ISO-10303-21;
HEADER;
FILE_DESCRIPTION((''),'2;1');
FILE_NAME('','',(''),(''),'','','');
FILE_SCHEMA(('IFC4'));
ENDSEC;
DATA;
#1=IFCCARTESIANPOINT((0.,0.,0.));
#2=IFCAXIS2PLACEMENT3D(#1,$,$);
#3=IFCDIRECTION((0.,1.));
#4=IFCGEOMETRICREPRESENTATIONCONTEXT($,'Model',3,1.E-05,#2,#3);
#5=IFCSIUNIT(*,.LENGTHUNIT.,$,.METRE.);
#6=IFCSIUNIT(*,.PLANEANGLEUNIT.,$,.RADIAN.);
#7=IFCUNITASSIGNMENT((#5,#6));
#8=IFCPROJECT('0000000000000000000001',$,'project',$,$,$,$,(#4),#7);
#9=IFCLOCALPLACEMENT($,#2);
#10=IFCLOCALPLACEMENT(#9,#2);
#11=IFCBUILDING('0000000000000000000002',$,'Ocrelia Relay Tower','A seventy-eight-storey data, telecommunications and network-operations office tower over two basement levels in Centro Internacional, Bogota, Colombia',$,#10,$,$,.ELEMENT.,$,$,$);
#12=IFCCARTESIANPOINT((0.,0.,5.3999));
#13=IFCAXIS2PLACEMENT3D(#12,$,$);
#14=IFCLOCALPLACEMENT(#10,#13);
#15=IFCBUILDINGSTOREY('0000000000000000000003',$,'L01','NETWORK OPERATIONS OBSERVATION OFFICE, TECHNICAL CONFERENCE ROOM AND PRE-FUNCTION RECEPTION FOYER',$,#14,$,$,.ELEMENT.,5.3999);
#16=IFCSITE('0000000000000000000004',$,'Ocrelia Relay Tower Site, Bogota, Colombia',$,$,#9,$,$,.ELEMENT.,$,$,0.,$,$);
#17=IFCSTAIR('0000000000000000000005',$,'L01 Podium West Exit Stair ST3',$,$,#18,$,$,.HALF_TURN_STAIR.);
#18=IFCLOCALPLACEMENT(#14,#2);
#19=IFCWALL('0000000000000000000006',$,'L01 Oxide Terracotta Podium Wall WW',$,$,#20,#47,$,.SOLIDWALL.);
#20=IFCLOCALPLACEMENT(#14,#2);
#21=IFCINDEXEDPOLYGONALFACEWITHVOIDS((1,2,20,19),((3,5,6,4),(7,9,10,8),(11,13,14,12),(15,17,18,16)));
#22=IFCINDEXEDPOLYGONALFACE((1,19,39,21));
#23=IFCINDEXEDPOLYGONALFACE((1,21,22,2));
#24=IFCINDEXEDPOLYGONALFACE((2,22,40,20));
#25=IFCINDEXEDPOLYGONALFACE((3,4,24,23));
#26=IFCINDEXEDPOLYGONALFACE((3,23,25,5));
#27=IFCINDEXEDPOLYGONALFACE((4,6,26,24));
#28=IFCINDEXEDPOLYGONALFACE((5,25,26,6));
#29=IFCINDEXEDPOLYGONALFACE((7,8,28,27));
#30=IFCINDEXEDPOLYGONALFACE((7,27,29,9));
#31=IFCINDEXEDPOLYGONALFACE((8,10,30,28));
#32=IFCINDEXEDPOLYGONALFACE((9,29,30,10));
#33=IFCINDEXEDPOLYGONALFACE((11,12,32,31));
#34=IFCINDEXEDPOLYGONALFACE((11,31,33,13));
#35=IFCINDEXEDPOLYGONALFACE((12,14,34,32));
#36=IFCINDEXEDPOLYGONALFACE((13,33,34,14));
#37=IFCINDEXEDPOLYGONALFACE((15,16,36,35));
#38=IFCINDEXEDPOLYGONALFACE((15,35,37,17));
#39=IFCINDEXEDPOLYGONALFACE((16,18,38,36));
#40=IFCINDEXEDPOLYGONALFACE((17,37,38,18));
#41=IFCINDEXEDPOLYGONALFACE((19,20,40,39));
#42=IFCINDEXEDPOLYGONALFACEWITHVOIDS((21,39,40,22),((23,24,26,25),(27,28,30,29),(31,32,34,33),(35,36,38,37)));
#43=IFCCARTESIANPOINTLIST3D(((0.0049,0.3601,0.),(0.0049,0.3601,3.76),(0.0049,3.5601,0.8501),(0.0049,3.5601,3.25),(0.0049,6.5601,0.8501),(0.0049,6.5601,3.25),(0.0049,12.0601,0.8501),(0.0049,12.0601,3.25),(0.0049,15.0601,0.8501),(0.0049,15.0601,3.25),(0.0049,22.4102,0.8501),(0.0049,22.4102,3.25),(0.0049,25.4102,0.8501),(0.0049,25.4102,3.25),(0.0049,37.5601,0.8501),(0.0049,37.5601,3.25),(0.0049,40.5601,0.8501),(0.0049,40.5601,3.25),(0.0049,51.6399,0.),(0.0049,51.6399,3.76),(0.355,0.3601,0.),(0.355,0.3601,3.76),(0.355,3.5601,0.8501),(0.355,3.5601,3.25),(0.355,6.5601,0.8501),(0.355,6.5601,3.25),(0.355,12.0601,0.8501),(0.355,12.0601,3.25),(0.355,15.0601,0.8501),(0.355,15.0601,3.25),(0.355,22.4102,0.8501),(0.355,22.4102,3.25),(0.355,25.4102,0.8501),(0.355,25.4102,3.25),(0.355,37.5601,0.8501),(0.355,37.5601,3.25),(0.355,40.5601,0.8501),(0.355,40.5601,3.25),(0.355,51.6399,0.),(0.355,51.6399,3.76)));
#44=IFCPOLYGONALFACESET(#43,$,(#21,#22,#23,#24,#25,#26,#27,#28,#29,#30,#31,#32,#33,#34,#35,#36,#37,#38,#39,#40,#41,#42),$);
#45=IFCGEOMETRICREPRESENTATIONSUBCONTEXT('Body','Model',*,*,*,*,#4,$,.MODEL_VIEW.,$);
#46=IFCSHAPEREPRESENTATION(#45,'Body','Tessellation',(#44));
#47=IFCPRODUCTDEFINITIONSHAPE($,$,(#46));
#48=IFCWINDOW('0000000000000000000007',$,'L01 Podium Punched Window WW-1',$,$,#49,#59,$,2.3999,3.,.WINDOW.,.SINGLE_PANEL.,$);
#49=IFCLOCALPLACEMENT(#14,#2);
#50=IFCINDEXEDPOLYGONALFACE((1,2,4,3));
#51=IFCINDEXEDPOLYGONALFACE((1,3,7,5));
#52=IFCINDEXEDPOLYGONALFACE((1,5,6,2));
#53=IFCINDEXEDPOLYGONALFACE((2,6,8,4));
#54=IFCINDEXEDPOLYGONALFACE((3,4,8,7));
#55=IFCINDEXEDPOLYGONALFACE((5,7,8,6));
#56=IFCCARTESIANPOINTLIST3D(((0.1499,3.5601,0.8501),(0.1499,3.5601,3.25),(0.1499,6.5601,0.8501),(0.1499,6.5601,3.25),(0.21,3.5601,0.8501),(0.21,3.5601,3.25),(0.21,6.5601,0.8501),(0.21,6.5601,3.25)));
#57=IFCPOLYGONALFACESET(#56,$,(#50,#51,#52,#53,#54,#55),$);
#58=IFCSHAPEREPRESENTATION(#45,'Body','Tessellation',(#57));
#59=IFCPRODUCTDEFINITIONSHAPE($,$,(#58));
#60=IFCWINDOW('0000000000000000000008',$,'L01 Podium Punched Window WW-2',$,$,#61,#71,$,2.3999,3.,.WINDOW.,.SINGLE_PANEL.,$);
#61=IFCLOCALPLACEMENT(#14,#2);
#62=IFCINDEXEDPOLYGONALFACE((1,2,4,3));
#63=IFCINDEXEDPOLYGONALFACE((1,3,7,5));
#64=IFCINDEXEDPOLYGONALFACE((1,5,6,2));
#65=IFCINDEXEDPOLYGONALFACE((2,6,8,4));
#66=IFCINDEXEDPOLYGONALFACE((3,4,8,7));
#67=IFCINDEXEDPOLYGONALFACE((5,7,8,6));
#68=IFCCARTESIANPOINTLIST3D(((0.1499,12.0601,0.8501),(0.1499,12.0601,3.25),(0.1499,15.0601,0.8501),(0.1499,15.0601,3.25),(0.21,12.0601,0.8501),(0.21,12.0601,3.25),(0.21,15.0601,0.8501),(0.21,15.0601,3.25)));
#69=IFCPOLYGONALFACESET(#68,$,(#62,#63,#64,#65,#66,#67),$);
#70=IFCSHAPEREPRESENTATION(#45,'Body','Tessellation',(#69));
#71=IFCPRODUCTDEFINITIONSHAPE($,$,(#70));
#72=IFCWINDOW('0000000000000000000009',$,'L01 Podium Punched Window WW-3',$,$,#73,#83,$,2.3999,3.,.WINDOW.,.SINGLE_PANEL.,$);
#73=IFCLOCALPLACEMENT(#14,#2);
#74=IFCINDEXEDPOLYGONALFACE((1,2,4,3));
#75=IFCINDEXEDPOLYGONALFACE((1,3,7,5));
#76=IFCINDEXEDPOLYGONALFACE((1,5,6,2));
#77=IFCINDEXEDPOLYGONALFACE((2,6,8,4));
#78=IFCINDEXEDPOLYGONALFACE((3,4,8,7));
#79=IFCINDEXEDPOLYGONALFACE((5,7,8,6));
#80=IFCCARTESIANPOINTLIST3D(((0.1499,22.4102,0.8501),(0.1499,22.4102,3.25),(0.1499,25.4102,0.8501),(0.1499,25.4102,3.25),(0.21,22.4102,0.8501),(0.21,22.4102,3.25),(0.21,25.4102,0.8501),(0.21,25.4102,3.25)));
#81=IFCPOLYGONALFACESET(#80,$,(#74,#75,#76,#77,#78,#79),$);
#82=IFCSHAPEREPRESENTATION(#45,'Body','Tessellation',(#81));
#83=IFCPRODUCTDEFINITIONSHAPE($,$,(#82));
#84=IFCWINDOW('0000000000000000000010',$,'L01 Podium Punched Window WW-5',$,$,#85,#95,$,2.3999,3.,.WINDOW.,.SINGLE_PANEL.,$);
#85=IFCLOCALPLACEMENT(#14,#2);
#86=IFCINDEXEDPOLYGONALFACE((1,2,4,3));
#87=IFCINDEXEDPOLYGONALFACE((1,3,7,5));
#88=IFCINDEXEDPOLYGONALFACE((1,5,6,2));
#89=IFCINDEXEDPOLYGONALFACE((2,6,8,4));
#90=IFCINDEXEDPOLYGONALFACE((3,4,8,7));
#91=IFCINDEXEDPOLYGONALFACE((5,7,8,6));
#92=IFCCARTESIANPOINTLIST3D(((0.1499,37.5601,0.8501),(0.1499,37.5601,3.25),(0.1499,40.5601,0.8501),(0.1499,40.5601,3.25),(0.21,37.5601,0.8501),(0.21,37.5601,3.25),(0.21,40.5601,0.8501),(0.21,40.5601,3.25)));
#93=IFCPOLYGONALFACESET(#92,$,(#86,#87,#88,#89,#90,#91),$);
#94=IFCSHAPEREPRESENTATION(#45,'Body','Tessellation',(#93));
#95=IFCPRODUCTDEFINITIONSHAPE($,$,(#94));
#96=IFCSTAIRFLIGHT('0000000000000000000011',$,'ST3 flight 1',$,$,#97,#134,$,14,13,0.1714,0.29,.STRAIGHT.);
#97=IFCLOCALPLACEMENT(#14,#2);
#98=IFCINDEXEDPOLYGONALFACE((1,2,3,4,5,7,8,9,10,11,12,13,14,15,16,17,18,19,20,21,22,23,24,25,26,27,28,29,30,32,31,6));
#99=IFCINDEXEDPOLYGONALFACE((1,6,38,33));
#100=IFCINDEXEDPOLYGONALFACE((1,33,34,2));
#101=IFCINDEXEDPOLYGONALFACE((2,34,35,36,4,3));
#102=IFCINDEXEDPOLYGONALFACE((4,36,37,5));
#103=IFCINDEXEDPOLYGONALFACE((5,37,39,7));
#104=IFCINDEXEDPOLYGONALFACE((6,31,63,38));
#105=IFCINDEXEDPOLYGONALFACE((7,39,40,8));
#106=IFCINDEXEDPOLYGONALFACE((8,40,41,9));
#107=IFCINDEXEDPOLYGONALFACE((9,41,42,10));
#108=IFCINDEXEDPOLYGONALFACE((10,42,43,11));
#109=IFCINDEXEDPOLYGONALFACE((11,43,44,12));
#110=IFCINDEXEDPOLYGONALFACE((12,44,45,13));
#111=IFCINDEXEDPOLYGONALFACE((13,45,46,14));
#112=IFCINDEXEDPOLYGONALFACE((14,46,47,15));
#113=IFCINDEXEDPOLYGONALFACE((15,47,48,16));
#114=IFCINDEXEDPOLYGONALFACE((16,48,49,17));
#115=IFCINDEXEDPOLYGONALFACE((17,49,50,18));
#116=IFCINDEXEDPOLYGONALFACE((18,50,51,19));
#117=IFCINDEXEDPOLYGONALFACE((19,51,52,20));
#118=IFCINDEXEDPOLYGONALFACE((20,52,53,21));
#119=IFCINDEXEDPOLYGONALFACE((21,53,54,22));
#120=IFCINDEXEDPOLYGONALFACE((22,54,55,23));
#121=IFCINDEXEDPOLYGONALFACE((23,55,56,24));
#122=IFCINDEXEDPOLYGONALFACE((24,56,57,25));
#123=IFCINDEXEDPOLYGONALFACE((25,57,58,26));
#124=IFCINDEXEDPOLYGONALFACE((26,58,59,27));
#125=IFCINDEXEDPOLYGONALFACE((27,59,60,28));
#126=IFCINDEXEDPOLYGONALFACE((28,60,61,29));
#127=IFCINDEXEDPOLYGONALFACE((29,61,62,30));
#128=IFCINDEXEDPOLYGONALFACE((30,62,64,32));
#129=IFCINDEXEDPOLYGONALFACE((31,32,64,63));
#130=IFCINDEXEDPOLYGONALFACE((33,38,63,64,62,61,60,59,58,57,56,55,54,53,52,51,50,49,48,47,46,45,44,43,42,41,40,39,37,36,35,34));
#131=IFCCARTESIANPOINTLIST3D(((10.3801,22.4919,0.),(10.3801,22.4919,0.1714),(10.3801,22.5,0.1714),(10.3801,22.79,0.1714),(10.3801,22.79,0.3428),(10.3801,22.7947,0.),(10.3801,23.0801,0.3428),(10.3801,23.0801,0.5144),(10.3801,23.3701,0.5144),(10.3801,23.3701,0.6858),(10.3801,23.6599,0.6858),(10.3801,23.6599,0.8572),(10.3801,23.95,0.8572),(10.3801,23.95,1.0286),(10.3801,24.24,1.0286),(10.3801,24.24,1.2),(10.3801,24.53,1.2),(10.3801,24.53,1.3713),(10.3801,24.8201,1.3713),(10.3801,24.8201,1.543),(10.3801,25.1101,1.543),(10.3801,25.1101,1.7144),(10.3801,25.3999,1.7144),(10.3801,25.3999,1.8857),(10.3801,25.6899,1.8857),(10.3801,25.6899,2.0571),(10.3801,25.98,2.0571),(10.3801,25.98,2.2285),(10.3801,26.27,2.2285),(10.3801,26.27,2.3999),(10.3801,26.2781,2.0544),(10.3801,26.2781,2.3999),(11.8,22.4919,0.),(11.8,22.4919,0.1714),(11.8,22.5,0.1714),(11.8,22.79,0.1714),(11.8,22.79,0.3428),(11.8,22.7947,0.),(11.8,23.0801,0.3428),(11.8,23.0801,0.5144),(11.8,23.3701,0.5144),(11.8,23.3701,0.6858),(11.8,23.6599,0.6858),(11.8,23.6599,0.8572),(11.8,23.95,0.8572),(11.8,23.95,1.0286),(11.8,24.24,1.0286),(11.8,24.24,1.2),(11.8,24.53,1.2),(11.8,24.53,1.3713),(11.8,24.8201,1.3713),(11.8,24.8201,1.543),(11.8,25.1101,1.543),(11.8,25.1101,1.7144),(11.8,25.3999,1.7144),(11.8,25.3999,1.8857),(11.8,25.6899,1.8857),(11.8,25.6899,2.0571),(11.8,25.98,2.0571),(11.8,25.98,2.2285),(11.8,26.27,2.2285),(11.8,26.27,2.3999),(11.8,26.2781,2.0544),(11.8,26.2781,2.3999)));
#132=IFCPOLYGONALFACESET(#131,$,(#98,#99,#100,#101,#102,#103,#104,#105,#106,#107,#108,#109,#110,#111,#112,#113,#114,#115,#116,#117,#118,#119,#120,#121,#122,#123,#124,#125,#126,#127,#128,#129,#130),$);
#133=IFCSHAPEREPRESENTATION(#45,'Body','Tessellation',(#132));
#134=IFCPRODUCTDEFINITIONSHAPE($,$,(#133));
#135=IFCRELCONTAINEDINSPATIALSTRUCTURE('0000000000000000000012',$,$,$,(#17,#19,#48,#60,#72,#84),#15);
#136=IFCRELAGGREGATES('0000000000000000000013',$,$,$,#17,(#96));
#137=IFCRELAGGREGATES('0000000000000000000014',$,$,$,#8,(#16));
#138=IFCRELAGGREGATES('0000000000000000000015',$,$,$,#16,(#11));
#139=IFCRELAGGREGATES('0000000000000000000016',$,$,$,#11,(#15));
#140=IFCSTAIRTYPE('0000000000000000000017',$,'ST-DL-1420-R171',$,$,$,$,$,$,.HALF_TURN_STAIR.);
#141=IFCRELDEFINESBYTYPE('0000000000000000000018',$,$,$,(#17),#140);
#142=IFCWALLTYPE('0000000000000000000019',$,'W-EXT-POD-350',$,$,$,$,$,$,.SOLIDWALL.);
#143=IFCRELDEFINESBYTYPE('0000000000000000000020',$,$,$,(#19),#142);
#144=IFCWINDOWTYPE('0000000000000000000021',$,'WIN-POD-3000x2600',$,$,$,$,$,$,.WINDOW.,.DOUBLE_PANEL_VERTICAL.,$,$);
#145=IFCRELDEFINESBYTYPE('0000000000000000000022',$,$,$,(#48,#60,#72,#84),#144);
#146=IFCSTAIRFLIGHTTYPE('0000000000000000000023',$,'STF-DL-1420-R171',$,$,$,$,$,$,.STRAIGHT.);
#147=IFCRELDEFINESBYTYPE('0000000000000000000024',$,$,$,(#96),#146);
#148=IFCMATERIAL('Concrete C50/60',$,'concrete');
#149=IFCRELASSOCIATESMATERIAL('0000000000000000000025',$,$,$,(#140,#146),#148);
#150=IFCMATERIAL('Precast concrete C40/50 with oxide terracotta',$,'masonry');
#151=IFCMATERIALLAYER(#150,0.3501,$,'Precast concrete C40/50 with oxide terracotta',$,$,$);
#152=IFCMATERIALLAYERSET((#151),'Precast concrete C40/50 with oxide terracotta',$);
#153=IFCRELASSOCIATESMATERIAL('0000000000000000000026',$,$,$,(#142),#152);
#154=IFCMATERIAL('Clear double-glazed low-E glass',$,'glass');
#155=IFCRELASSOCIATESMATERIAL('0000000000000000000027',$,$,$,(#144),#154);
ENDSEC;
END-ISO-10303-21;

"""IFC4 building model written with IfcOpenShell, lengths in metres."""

from ifc_helpers import new_model, si_unit, direction, frame, frame_2d, origin, place, context, subcontext, project, spatial, polyline, rectangle, outline, extrude, material, layer, layer_set, type_object, element, fill, aggregate, save


model = new_model("IFC4")

# Units and contexts
model_context = context("Model", 3, precision=1e-05, world=origin(), true_north=direction((0.0, 1.0)))
body_context = subcontext(model_context, "Body", "Model", "MODEL_VIEW")
ifc_project = project(units=[si_unit("LENGTHUNIT", "METRE"), si_unit("PLANEANGLEUNIT", "RADIAN")], contexts=[model_context])

# Site, building, storey
site_placement = place(None, origin())
site = spatial("IfcSite", under=ifc_project, at=site_placement, Name="Ocrelia Relay Tower Site, Bogota, Colombia", CompositionType="ELEMENT", RefElevation=0.0)
building_placement = place(site_placement, origin())
building = spatial("IfcBuilding", under=site, at=building_placement, Name="Ocrelia Relay Tower", Description="A seventy-eight-storey data, telecommunications and network-operations office tower over two basement levels in Centro Internacional, Bogota, Colombia", CompositionType="ELEMENT")
storey_placement = place(building_placement, frame((0.0, 0.0, 5.3999)))
storey = spatial("IfcBuildingStorey", under=building, at=storey_placement, Name="L01", Description="NETWORK OPERATIONS OBSERVATION OFFICE, TECHNICAL CONFERENCE ROOM AND PRE-FUNCTION RECEPTION FOYER", CompositionType="ELEMENT", Elevation=5.3999)

# Shared definitions
ifc_material_1 = material(Name="Concrete C50/60", Category="concrete")

# Stair
stair_type = type_object("IfcStairType", Name="ST-DL-1420-R171", PredefinedType="HALF_TURN_STAIR", material=ifc_material_1)
stair_1_placement = place(storey_placement, origin())
stair_1 = element("IfcStair", 1, at=stair_1_placement, inside=storey, type_object=stair_type, Name="L01 Podium West Exit Stair ST3", PredefinedType="HALF_TURN_STAIR")

# Wall, openings, windows
ifc_material_2 = material(Name="Precast concrete C40/50 with oxide terracotta", Category="masonry")
ifc_layer_1 = layer(ifc_material_2, 0.3501, Name="Precast concrete C40/50 with oxide terracotta")
ifc_layer_set_1 = layer_set([ifc_layer_1], Name="Precast concrete C40/50 with oxide terracotta")
wall_type_1 = type_object("IfcWallType", Name="W-EXT-POD-350", PredefinedType="SOLIDWALL", material=ifc_layer_set_1)
wall_1_placement = place(storey_placement, frame((0.1799, 0.3601, 0.0), z_axis=(0.0, 0.0, 1.0), x_axis=(0.0, 1.0, 0.0)))
wall_1 = element("IfcWall", 2, at=wall_1_placement, inside=storey, type_object=wall_type_1, Name="L01 Oxide Terracotta Podium Wall WW", PredefinedType="SOLIDWALL", context=body_context, shape_type="SweptSolid", body=[
    extrude(rectangle(XDim=51.2798, YDim=0.3501, at=frame_2d((25.6399, 0.0))), origin(), (0.0, 0.0, 1.0), 3.76),
])
opening_1_placement = place(wall_1_placement, frame((3.2, 0.0, 0.8501)))
opening_1 = element("IfcOpeningElement", 3, at=opening_1_placement, cuts=wall_1, PredefinedType="OPENING", context=body_context, shape_type="SweptSolid", body=[
    extrude(rectangle(XDim=3.0, YDim=2.3999, at=frame_2d((1.5, 1.2))), frame((0.0, 0.1851, 0.0), z_axis=(0.0, -1.0, 0.0), x_axis=(1.0, 0.0, 0.0)), (0.0, 0.0, 1.0), 0.3701),
])
opening_2_placement = place(wall_1_placement, frame((11.7, 0.0, 0.8501)))
opening_2 = element("IfcOpeningElement", 4, at=opening_2_placement, cuts=wall_1, PredefinedType="OPENING", context=body_context, shape_type="SweptSolid", body=[
    extrude(rectangle(XDim=3.0, YDim=2.3999, at=frame_2d((1.5, 1.2))), frame((0.0, 0.1851, 0.0), z_axis=(0.0, -1.0, 0.0), x_axis=(1.0, 0.0, 0.0)), (0.0, 0.0, 1.0), 0.3701),
])
opening_3_placement = place(wall_1_placement, frame((22.05, 0.0, 0.8501)))
opening_3 = element("IfcOpeningElement", 5, at=opening_3_placement, cuts=wall_1, PredefinedType="OPENING", context=body_context, shape_type="SweptSolid", body=[
    extrude(rectangle(XDim=3.0, YDim=2.3999, at=frame_2d((1.5, 1.2))), frame((0.0, 0.1851, 0.0), z_axis=(0.0, -1.0, 0.0), x_axis=(1.0, 0.0, 0.0)), (0.0, 0.0, 1.0), 0.3701),
])
opening_4_placement = place(wall_1_placement, frame((37.2, 0.0, 0.8501)))
opening_4 = element("IfcOpeningElement", 6, at=opening_4_placement, cuts=wall_1, PredefinedType="OPENING", context=body_context, shape_type="SweptSolid", body=[
    extrude(rectangle(XDim=3.0, YDim=2.3999, at=frame_2d((1.5, 1.2))), frame((0.0, 0.1851, 0.0), z_axis=(0.0, -1.0, 0.0), x_axis=(1.0, 0.0, 0.0)), (0.0, 0.0, 1.0), 0.3701),
])
ifc_material_3 = material(Name="Clear double-glazed low-E glass", Category="glass")
window_type = type_object("IfcWindowType", Name="WIN-POD-3000x2600", PartitioningType="DOUBLE_PANEL_VERTICAL", PredefinedType="WINDOW", material=ifc_material_3)
window_1_placement = place(opening_1_placement, origin())
window_1 = element("IfcWindow", 7, at=window_1_placement, inside=storey, type_object=window_type, Name="L01 Podium Punched Window WW-1", OverallHeight=2.3999, OverallWidth=3.0, PartitioningType="SINGLE_PANEL", PredefinedType="WINDOW", context=body_context, shape_type="SweptSolid", body=[
    extrude(rectangle(XDim=3.0, YDim=2.3999, at=frame_2d((1.5, 1.2))), frame((0.0, 0.03, 0.0), z_axis=(0.0, -1.0, 0.0), x_axis=(1.0, 0.0, 0.0)), (0.0, 0.0, 1.0), 0.0601),
])
fill(opening_1, window_1)
window_2_placement = place(opening_2_placement, origin())
window_2 = element("IfcWindow", 8, at=window_2_placement, inside=storey, type_object=window_type, Name="L01 Podium Punched Window WW-2", OverallHeight=2.3999, OverallWidth=3.0, PartitioningType="SINGLE_PANEL", PredefinedType="WINDOW", context=body_context, shape_type="SweptSolid", body=[
    extrude(rectangle(XDim=3.0, YDim=2.3999, at=frame_2d((1.5, 1.2))), frame((0.0, 0.03, 0.0), z_axis=(0.0, -1.0, 0.0), x_axis=(1.0, 0.0, 0.0)), (0.0, 0.0, 1.0), 0.0601),
])
fill(opening_2, window_2)
window_3_placement = place(opening_3_placement, origin())
window_3 = element("IfcWindow", 9, at=window_3_placement, inside=storey, type_object=window_type, Name="L01 Podium Punched Window WW-3", OverallHeight=2.3999, OverallWidth=3.0, PartitioningType="SINGLE_PANEL", PredefinedType="WINDOW", context=body_context, shape_type="SweptSolid", body=[
    extrude(rectangle(XDim=3.0, YDim=2.3999, at=frame_2d((1.5, 1.2))), frame((0.0, 0.03, 0.0), z_axis=(0.0, -1.0, 0.0), x_axis=(1.0, 0.0, 0.0)), (0.0, 0.0, 1.0), 0.0601),
])
fill(opening_3, window_3)
window_4_placement = place(opening_4_placement, origin())
window_4 = element("IfcWindow", 10, at=window_4_placement, inside=storey, type_object=window_type, Name="L01 Podium Punched Window WW-5", OverallHeight=2.3999, OverallWidth=3.0, PartitioningType="SINGLE_PANEL", PredefinedType="WINDOW", context=body_context, shape_type="SweptSolid", body=[
    extrude(rectangle(XDim=3.0, YDim=2.3999, at=frame_2d((1.5, 1.2))), frame((0.0, 0.03, 0.0), z_axis=(0.0, -1.0, 0.0), x_axis=(1.0, 0.0, 0.0)), (0.0, 0.0, 1.0), 0.0601),
])
fill(opening_4, window_4)

# Stair flight
stair_flight_type = type_object("IfcStairFlightType", Name="STF-DL-1420-R171", PredefinedType="STRAIGHT", material=ifc_material_1)
stair_flight_placement = place(storey_placement, frame((11.0901, 22.5, 0.0), z_axis=(0.0, 0.0, 1.0), x_axis=(0.0, 1.0, 0.0)))
stair_flight = element("IfcStairFlight", 11, at=stair_flight_placement, type_object=stair_flight_type, Name="ST3 flight 1", NumberOfRisers=14, NumberOfTreads=13, PredefinedType="STRAIGHT", RiserHeight=0.1714, TreadLength=0.29, context=body_context, shape_type="SweptSolid", body=[
    extrude(outline(polyline([(-0.0081, 0.0), (-0.0081, 0.1714), (0.0, 0.1714), (0.29, 0.1714), (0.29, 0.3428), (0.5801, 0.3428), (0.5801, 0.5144), (0.8701, 0.5144), (0.8701, 0.6858), (1.1599, 0.6858), (1.1599, 0.8572), (1.45, 0.8572), (1.45, 1.0286), (1.74, 1.0286), (1.74, 1.2), (2.03, 1.2), (2.03, 1.3713), (2.3201, 1.3713), (2.3201, 1.543), (2.6101, 1.543), (2.6101, 1.7144), (2.8999, 1.7144), (2.8999, 1.8857), (3.1899, 1.8857), (3.1899, 2.0571), (3.48, 2.0571), (3.48, 2.2285), (3.77, 2.2285), (3.77, 2.3999), (3.7781, 2.3999), (3.7781, 2.0544), (0.2947, 0.0), (-0.0081, 0.0)])), frame((0.0, 0.71, 0.0), z_axis=(0.0, -1.0, 0.0), x_axis=(1.0, 0.0, 0.0)), (0.0, 0.0, 1.0), 1.4199),
])
aggregate(stair_1, [stair_flight])

save(model, "model.ifc")
